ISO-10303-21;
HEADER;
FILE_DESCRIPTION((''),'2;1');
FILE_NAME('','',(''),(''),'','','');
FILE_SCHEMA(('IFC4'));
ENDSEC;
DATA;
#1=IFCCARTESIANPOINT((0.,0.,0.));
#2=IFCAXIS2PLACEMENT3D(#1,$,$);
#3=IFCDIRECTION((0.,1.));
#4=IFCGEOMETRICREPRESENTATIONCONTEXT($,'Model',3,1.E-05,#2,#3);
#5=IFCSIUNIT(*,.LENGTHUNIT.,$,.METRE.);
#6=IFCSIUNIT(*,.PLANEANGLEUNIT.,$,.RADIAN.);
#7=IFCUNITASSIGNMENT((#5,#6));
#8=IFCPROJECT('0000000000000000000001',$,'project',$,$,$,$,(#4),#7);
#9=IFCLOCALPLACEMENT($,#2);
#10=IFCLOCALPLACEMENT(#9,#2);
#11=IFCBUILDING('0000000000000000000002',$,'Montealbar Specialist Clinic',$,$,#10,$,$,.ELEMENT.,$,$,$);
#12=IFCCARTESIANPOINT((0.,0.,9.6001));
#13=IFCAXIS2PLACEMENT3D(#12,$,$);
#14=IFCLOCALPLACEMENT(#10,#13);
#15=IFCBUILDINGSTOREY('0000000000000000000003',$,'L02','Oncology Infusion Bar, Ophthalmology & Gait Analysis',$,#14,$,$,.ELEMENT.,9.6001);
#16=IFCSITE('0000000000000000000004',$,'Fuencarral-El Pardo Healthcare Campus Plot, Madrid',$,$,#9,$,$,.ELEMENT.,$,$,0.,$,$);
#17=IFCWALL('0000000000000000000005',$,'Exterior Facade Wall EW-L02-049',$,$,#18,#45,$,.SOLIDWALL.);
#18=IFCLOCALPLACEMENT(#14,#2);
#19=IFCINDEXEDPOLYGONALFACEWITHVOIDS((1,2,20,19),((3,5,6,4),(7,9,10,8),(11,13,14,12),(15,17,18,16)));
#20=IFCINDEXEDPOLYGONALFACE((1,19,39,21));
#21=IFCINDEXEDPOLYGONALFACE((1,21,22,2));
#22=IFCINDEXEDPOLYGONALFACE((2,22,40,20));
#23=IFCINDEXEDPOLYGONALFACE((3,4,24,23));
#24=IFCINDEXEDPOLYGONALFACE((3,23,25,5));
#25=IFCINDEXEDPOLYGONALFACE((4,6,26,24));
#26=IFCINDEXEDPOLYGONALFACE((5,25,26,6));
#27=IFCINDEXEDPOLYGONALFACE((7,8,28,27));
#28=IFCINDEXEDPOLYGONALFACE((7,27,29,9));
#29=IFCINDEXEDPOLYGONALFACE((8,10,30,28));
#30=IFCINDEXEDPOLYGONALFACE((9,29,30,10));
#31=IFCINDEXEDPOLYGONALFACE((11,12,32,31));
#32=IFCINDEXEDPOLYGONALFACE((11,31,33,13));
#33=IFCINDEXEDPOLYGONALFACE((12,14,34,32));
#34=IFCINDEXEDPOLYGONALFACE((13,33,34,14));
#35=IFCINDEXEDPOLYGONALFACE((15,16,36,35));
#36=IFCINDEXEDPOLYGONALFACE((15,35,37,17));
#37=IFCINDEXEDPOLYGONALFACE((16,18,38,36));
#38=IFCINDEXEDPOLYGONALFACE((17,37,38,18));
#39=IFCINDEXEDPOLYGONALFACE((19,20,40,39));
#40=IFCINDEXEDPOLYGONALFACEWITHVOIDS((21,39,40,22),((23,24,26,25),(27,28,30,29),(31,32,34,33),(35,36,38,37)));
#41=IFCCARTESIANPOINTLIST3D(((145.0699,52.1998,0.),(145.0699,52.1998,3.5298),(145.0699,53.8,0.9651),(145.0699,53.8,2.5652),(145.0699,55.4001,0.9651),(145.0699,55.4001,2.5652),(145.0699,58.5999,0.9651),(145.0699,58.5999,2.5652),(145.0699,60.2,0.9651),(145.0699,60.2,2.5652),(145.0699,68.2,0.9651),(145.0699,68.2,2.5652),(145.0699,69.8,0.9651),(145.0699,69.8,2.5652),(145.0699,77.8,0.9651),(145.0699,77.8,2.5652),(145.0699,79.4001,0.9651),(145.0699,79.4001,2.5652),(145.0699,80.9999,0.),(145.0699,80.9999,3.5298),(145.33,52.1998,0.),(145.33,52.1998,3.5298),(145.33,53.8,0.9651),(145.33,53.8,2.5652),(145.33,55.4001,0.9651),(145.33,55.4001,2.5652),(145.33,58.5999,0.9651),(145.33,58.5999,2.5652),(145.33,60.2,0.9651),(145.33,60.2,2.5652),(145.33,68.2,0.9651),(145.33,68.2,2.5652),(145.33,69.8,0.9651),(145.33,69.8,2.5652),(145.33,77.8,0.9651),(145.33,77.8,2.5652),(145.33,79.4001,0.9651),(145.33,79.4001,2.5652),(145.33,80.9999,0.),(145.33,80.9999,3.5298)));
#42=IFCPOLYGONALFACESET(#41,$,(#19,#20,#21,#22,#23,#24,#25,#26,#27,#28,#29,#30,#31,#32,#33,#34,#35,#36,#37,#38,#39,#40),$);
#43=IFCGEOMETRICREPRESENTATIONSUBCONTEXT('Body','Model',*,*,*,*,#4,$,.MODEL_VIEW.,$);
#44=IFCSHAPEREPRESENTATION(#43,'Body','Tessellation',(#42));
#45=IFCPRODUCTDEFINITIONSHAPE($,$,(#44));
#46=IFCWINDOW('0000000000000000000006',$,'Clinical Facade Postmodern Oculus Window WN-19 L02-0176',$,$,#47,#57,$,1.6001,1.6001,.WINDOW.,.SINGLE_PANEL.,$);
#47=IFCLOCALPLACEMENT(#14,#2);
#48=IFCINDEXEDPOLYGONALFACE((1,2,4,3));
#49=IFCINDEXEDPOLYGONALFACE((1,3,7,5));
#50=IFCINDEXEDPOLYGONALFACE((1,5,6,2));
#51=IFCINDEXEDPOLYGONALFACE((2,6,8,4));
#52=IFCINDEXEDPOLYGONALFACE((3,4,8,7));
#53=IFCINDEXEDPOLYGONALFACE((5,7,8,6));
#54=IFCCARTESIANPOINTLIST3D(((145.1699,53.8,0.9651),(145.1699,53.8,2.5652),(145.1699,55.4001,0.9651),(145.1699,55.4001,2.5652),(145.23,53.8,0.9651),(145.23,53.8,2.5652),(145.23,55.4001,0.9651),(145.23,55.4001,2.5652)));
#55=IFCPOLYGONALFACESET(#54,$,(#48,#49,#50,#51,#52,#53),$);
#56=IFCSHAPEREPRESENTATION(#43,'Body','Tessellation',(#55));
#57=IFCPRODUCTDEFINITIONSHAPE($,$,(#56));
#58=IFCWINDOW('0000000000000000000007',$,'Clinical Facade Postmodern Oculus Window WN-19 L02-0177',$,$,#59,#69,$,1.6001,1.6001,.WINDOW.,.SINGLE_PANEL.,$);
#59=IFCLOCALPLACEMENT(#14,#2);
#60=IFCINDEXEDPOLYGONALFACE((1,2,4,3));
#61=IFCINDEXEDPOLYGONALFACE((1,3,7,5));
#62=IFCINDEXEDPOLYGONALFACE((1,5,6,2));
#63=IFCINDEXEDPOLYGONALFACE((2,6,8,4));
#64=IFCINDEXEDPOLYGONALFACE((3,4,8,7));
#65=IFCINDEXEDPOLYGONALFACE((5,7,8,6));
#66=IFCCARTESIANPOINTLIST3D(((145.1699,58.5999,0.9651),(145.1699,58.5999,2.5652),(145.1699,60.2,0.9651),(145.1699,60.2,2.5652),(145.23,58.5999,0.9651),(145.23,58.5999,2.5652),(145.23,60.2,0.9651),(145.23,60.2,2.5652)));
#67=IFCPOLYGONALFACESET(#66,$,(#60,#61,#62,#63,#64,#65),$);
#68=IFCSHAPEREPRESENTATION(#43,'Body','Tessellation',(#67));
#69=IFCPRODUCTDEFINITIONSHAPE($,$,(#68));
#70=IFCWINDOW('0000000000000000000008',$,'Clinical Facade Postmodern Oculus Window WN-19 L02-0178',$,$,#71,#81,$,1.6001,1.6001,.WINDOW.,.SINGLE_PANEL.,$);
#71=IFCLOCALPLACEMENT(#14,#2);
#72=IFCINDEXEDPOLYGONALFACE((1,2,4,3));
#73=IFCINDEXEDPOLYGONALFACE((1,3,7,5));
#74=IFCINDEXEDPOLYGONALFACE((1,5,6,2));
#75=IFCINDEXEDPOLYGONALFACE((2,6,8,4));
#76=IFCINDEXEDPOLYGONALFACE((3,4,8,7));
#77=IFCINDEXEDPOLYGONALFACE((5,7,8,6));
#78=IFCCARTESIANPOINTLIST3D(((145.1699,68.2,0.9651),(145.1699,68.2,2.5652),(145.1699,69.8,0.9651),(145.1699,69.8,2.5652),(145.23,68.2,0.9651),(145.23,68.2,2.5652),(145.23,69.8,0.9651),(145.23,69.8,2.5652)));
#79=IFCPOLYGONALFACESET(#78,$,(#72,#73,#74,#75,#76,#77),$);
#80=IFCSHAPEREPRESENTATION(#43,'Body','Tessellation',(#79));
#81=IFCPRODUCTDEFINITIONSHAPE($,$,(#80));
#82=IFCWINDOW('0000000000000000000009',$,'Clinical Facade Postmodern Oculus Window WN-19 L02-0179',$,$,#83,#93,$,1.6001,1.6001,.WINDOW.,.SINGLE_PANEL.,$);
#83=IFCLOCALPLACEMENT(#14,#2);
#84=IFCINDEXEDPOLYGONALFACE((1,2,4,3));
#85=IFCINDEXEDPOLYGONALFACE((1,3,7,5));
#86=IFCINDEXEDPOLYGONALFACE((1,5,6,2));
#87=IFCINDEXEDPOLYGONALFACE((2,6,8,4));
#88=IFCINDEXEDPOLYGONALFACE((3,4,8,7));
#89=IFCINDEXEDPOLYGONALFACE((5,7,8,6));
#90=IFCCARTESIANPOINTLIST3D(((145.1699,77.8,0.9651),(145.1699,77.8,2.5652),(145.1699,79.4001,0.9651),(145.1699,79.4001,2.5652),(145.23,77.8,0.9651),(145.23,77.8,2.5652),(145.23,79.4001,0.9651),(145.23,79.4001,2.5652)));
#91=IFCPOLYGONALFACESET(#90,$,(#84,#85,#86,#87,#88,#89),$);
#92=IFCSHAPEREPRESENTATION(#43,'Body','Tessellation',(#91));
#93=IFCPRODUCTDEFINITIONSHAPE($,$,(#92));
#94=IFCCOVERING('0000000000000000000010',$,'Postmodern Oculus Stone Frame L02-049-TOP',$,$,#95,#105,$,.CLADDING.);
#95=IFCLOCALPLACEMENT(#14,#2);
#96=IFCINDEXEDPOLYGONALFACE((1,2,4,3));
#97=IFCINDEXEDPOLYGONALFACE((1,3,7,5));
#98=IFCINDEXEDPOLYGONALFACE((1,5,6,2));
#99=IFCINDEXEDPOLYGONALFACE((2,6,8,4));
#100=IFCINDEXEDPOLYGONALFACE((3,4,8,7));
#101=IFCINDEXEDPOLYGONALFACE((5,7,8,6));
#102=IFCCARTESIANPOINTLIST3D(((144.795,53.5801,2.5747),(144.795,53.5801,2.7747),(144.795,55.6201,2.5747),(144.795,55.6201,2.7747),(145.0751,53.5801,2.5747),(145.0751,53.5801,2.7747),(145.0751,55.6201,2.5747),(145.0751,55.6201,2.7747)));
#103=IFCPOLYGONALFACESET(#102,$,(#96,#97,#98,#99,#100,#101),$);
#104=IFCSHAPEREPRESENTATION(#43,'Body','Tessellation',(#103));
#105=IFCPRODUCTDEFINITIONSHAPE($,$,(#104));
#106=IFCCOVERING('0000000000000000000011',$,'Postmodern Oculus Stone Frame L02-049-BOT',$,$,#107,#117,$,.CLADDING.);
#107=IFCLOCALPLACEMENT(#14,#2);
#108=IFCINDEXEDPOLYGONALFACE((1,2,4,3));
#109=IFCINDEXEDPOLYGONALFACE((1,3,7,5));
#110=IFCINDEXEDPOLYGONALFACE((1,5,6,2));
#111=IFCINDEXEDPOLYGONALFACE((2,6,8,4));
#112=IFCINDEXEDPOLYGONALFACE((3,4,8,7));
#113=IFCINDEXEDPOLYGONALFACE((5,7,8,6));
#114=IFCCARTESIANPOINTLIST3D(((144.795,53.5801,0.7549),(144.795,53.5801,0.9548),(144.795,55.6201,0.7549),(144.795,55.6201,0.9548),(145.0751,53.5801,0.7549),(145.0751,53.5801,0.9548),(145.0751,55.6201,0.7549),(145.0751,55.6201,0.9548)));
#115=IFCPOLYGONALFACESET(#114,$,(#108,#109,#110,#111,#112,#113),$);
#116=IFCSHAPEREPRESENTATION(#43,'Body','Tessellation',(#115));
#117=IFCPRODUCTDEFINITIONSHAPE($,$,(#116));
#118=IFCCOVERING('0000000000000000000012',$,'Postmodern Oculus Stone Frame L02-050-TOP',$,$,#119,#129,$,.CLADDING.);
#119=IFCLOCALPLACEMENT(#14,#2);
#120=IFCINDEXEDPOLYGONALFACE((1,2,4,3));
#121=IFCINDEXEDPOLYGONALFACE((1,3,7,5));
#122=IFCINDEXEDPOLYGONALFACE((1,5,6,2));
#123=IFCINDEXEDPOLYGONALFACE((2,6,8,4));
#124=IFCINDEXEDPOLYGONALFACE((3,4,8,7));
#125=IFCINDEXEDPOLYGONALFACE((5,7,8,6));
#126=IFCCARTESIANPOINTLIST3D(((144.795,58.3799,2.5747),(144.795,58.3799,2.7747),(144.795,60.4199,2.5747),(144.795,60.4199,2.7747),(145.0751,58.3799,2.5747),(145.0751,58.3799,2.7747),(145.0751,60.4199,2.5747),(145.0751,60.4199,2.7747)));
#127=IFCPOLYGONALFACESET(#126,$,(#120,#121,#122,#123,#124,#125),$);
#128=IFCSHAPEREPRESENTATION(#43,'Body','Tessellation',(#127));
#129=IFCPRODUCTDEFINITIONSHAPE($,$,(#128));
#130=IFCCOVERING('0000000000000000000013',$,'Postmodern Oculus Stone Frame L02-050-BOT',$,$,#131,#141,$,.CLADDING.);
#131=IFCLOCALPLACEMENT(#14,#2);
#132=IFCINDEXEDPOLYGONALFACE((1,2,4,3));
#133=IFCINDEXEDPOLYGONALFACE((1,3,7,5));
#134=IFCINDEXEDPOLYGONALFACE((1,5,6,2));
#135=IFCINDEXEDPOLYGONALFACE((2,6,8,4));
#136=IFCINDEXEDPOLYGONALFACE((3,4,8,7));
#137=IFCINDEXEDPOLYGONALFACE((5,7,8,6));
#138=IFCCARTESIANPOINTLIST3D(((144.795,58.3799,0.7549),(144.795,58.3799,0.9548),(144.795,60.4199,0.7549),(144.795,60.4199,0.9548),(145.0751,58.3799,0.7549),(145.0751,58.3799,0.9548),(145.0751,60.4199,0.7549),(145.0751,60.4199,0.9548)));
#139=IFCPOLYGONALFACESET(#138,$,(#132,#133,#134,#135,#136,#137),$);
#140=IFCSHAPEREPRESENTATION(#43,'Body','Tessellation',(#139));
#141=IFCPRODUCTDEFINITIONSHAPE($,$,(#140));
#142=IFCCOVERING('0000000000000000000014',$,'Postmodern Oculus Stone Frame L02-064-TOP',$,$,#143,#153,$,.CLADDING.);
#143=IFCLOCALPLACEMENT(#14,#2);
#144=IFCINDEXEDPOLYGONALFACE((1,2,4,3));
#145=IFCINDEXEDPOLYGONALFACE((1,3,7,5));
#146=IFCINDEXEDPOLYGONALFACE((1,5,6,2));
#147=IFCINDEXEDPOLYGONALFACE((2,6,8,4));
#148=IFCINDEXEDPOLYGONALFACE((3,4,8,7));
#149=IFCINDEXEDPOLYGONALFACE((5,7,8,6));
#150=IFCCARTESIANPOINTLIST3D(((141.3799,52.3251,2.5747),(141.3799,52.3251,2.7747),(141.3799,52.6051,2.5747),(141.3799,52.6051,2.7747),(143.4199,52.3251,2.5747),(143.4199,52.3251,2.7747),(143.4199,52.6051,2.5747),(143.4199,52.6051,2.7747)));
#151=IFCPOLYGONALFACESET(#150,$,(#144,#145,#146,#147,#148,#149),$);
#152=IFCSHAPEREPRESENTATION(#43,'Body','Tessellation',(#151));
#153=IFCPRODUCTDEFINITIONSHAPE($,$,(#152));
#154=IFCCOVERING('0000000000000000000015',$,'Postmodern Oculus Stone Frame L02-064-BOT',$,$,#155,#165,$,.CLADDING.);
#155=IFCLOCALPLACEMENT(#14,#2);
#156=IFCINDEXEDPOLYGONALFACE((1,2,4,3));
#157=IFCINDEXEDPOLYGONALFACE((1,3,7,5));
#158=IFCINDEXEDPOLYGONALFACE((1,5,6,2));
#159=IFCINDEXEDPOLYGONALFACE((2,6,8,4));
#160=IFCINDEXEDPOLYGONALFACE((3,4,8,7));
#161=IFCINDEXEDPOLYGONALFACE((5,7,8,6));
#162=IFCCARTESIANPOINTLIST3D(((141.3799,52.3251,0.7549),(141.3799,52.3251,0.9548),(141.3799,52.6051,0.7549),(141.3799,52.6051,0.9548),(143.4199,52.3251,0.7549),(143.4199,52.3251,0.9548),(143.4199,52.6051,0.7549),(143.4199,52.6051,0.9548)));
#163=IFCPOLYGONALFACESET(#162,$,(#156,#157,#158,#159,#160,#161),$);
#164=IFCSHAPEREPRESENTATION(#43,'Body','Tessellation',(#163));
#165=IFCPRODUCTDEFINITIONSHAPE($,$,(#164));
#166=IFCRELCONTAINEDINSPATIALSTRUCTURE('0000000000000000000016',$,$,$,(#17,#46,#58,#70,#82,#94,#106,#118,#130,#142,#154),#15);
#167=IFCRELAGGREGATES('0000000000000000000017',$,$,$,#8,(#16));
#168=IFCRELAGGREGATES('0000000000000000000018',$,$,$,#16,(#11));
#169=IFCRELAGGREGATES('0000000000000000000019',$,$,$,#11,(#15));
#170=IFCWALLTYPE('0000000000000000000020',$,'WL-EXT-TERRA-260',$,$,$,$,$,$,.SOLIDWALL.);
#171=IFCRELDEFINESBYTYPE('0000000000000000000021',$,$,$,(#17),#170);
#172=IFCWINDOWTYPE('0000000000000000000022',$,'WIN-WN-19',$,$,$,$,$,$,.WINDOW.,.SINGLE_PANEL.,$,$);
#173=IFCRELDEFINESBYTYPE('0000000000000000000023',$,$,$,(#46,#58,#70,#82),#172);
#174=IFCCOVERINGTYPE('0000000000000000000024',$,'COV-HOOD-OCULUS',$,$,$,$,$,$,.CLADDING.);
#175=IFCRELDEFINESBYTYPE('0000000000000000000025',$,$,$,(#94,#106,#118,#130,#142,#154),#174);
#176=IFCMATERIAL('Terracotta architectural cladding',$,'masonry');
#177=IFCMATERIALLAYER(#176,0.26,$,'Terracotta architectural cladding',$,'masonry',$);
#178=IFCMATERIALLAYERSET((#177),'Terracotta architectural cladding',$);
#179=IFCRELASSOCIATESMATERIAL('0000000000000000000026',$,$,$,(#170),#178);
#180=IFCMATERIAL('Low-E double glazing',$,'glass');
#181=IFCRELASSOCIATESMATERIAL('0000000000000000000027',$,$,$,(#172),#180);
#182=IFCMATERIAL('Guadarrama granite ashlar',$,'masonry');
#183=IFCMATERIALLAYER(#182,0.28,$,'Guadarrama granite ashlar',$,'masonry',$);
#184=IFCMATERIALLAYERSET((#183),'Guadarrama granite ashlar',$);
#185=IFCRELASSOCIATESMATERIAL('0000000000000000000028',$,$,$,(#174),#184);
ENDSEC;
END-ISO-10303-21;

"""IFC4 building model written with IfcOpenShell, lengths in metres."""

from ifc_helpers import new_model, si_unit, direction, frame, frame_2d, origin, origin_2d, place, context, subcontext, project, spatial, rectangle, extrude, material, layer, layer_set, type_object, element, fill, save


model = new_model("IFC4")

# Units and contexts
model_context = context("Model", 3, precision=1e-05, world=origin(), true_north=direction((0.0, 1.0)))
body_context = subcontext(model_context, "Body", "Model", "MODEL_VIEW")
ifc_project = project(units=[si_unit("LENGTHUNIT", "METRE"), si_unit("PLANEANGLEUNIT", "RADIAN")], contexts=[model_context])

# Site, building, storey
site_placement = place(None, origin())
site = spatial("IfcSite", under=ifc_project, at=site_placement, Name="Fuencarral-El Pardo Healthcare Campus Plot, Madrid", CompositionType="ELEMENT", RefElevation=0.0)
building_placement = place(site_placement, origin())
building = spatial("IfcBuilding", under=site, at=building_placement, Name="Montealbar Specialist Clinic", CompositionType="ELEMENT")
storey_placement = place(building_placement, frame((0.0, 0.0, 9.6001)))
storey = spatial("IfcBuildingStorey", under=building, at=storey_placement, Name="L02", Description="Oncology Infusion Bar, Ophthalmology & Gait Analysis", CompositionType="ELEMENT", Elevation=9.6001)

# Wall, openings, windows
ifc_material_1 = material(Name="Terracotta architectural cladding", Category="masonry")
ifc_layer_1 = layer(ifc_material_1, 0.26, Name="Terracotta architectural cladding", Category="masonry")
ifc_layer_set_1 = layer_set([ifc_layer_1], Name="Terracotta architectural cladding")
wall_type_1 = type_object("IfcWallType", Name="WL-EXT-TERRA-260", PredefinedType="SOLIDWALL", material=ifc_layer_set_1)
wall_1_placement = place(storey_placement, frame((145.2, 52.2, 0.0), z_axis=(0.0, 0.0, 1.0), x_axis=(0.0, 1.0, 0.0)))
wall_1 = element("IfcWall", 1, at=wall_1_placement, inside=storey, type_object=wall_type_1, Name="Exterior Facade Wall EW-L02-049", PredefinedType="SOLIDWALL", context=body_context, shape_type="SweptSolid", body=[
    extrude(rectangle(XDim=28.8, YDim=0.26, at=frame_2d((14.3999, 0.0))), origin(), (0.0, 0.0, 1.0), 3.5298),
])
opening_1_placement = place(wall_1_placement, frame((1.6001, 0.0, 0.9651)))
opening_1 = element("IfcOpeningElement", 2, at=opening_1_placement, cuts=wall_1, PredefinedType="OPENING", context=body_context, shape_type="SweptSolid", body=[
    extrude(rectangle(XDim=1.6001, YDim=1.6001, at=frame_2d((0.8, 0.8))), frame((0.0, 0.1399, 0.0), z_axis=(0.0, -1.0, 0.0), x_axis=(1.0, 0.0, 0.0)), (0.0, 0.0, 1.0), 0.28),
])
opening_2_placement = place(wall_1_placement, frame((6.3999, 0.0, 0.9651)))
opening_2 = element("IfcOpeningElement", 3, at=opening_2_placement, cuts=wall_1, PredefinedType="OPENING", context=body_context, shape_type="SweptSolid", body=[
    extrude(rectangle(XDim=1.6001, YDim=1.6001, at=frame_2d((0.8, 0.8))), frame((0.0, 0.1399, 0.0), z_axis=(0.0, -1.0, 0.0), x_axis=(1.0, 0.0, 0.0)), (0.0, 0.0, 1.0), 0.28),
])
opening_3_placement = place(wall_1_placement, frame((16.0, 0.0, 0.9651)))
opening_3 = element("IfcOpeningElement", 4, at=opening_3_placement, cuts=wall_1, PredefinedType="OPENING", context=body_context, shape_type="SweptSolid", body=[
    extrude(rectangle(XDim=1.6001, YDim=1.6001, at=frame_2d((0.8, 0.8))), frame((0.0, 0.1399, 0.0), z_axis=(0.0, -1.0, 0.0), x_axis=(1.0, 0.0, 0.0)), (0.0, 0.0, 1.0), 0.28),
])
opening_4_placement = place(wall_1_placement, frame((25.6001, 0.0, 0.9651)))
opening_4 = element("IfcOpeningElement", 5, at=opening_4_placement, cuts=wall_1, PredefinedType="OPENING", context=body_context, shape_type="SweptSolid", body=[
    extrude(rectangle(XDim=1.6001, YDim=1.6001, at=frame_2d((0.8, 0.8))), frame((0.0, 0.1399, 0.0), z_axis=(0.0, -1.0, 0.0), x_axis=(1.0, 0.0, 0.0)), (0.0, 0.0, 1.0), 0.28),
])
ifc_material_2 = material(Name="Low-E double glazing", Category="glass")
window_type = type_object("IfcWindowType", Name="WIN-WN-19", PartitioningType="SINGLE_PANEL", PredefinedType="WINDOW", material=ifc_material_2)
window_1_placement = place(opening_1_placement, origin())
window_1 = element("IfcWindow", 6, at=window_1_placement, inside=storey, type_object=window_type, Name="Clinical Facade Postmodern Oculus Window WN-19 L02-0176", OverallHeight=1.6001, OverallWidth=1.6001, PartitioningType="SINGLE_PANEL", PredefinedType="WINDOW", context=body_context, shape_type="SweptSolid", body=[
    extrude(rectangle(XDim=1.6001, YDim=1.6001, at=frame_2d((0.8, 0.8))), frame((0.0, 0.03, 0.0), z_axis=(0.0, -1.0, 0.0), x_axis=(1.0, 0.0, 0.0)), (0.0, 0.0, 1.0), 0.0601),
])
fill(opening_1, window_1)
window_2_placement = place(opening_2_placement, origin())
window_2 = element("IfcWindow", 7, at=window_2_placement, inside=storey, type_object=window_type, Name="Clinical Facade Postmodern Oculus Window WN-19 L02-0177", OverallHeight=1.6001, OverallWidth=1.6001, PartitioningType="SINGLE_PANEL", PredefinedType="WINDOW", context=body_context, shape_type="SweptSolid", body=[
    extrude(rectangle(XDim=1.6001, YDim=1.6001, at=frame_2d((0.8, 0.8))), frame((0.0, 0.03, 0.0), z_axis=(0.0, -1.0, 0.0), x_axis=(1.0, 0.0, 0.0)), (0.0, 0.0, 1.0), 0.0601),
])
fill(opening_2, window_2)
window_3_placement = place(opening_3_placement, origin())
window_3 = element("IfcWindow", 8, at=window_3_placement, inside=storey, type_object=window_type, Name="Clinical Facade Postmodern Oculus Window WN-19 L02-0178", OverallHeight=1.6001, OverallWidth=1.6001, PartitioningType="SINGLE_PANEL", PredefinedType="WINDOW", context=body_context, shape_type="SweptSolid", body=[
    extrude(rectangle(XDim=1.6001, YDim=1.6001, at=frame_2d((0.8, 0.8))), frame((0.0, 0.03, 0.0), z_axis=(0.0, -1.0, 0.0), x_axis=(1.0, 0.0, 0.0)), (0.0, 0.0, 1.0), 0.0601),
])
fill(opening_3, window_3)
window_4_placement = place(opening_4_placement, origin())
window_4 = element("IfcWindow", 9, at=window_4_placement, inside=storey, type_object=window_type, Name="Clinical Facade Postmodern Oculus Window WN-19 L02-0179", OverallHeight=1.6001, OverallWidth=1.6001, PartitioningType="SINGLE_PANEL", PredefinedType="WINDOW", context=body_context, shape_type="SweptSolid", body=[
    extrude(rectangle(XDim=1.6001, YDim=1.6001, at=frame_2d((0.8, 0.8))), frame((0.0, 0.03, 0.0), z_axis=(0.0, -1.0, 0.0), x_axis=(1.0, 0.0, 0.0)), (0.0, 0.0, 1.0), 0.0601),
])
fill(opening_4, window_4)

# Coverings
ifc_material_3 = material(Name="Guadarrama granite ashlar", Category="masonry")
ifc_layer_2 = layer(ifc_material_3, 0.28, Name="Guadarrama granite ashlar", Category="masonry")
ifc_layer_set_2 = layer_set([ifc_layer_2], Name="Guadarrama granite ashlar")
covering_type = type_object("IfcCoveringType", Name="COV-HOOD-OCULUS", PredefinedType="CLADDING", material=ifc_layer_set_2)
for number, where, z_axis, x_axis, name in (
    (10, (144.9351, 54.6001, 2.5747), (0.0, 0.0, 1.0), (0.0, 1.0, 0.0), "Postmodern Oculus Stone Frame L02-049-TOP"),
    (11, (144.9351, 54.6001, 0.7549), (0.0, 0.0, 1.0), (0.0, 1.0, 0.0), "Postmodern Oculus Stone Frame L02-049-BOT"),
    (12, (144.9351, 59.3999, 2.5747), (0.0, 0.0, 1.0), (0.0, 1.0, 0.0), "Postmodern Oculus Stone Frame L02-050-TOP"),
    (13, (144.9351, 59.3999, 0.7549), (0.0, 0.0, 1.0), (0.0, 1.0, 0.0), "Postmodern Oculus Stone Frame L02-050-BOT"),
    (14, (142.3999, 52.4651, 2.5747), (0.0, 0.0, 1.0), (1.0, 0.0, 0.0), "Postmodern Oculus Stone Frame L02-064-TOP"),
    (15, (142.3999, 52.4651, 0.7549), (0.0, 0.0, 1.0), (1.0, 0.0, 0.0), "Postmodern Oculus Stone Frame L02-064-BOT"),
):
    element("IfcCovering", number, at=place(storey_placement, frame(where, z_axis=z_axis, x_axis=x_axis)), inside=storey, type_object=covering_type, Name=name, PredefinedType="CLADDING", context=body_context, shape_type="SweptSolid", body=[
        extrude(rectangle(XDim=2.04, YDim=0.28, at=origin_2d()), origin(), (0.0, 0.0, 1.0), 0.2),
    ])

save(model, "model.ifc")
